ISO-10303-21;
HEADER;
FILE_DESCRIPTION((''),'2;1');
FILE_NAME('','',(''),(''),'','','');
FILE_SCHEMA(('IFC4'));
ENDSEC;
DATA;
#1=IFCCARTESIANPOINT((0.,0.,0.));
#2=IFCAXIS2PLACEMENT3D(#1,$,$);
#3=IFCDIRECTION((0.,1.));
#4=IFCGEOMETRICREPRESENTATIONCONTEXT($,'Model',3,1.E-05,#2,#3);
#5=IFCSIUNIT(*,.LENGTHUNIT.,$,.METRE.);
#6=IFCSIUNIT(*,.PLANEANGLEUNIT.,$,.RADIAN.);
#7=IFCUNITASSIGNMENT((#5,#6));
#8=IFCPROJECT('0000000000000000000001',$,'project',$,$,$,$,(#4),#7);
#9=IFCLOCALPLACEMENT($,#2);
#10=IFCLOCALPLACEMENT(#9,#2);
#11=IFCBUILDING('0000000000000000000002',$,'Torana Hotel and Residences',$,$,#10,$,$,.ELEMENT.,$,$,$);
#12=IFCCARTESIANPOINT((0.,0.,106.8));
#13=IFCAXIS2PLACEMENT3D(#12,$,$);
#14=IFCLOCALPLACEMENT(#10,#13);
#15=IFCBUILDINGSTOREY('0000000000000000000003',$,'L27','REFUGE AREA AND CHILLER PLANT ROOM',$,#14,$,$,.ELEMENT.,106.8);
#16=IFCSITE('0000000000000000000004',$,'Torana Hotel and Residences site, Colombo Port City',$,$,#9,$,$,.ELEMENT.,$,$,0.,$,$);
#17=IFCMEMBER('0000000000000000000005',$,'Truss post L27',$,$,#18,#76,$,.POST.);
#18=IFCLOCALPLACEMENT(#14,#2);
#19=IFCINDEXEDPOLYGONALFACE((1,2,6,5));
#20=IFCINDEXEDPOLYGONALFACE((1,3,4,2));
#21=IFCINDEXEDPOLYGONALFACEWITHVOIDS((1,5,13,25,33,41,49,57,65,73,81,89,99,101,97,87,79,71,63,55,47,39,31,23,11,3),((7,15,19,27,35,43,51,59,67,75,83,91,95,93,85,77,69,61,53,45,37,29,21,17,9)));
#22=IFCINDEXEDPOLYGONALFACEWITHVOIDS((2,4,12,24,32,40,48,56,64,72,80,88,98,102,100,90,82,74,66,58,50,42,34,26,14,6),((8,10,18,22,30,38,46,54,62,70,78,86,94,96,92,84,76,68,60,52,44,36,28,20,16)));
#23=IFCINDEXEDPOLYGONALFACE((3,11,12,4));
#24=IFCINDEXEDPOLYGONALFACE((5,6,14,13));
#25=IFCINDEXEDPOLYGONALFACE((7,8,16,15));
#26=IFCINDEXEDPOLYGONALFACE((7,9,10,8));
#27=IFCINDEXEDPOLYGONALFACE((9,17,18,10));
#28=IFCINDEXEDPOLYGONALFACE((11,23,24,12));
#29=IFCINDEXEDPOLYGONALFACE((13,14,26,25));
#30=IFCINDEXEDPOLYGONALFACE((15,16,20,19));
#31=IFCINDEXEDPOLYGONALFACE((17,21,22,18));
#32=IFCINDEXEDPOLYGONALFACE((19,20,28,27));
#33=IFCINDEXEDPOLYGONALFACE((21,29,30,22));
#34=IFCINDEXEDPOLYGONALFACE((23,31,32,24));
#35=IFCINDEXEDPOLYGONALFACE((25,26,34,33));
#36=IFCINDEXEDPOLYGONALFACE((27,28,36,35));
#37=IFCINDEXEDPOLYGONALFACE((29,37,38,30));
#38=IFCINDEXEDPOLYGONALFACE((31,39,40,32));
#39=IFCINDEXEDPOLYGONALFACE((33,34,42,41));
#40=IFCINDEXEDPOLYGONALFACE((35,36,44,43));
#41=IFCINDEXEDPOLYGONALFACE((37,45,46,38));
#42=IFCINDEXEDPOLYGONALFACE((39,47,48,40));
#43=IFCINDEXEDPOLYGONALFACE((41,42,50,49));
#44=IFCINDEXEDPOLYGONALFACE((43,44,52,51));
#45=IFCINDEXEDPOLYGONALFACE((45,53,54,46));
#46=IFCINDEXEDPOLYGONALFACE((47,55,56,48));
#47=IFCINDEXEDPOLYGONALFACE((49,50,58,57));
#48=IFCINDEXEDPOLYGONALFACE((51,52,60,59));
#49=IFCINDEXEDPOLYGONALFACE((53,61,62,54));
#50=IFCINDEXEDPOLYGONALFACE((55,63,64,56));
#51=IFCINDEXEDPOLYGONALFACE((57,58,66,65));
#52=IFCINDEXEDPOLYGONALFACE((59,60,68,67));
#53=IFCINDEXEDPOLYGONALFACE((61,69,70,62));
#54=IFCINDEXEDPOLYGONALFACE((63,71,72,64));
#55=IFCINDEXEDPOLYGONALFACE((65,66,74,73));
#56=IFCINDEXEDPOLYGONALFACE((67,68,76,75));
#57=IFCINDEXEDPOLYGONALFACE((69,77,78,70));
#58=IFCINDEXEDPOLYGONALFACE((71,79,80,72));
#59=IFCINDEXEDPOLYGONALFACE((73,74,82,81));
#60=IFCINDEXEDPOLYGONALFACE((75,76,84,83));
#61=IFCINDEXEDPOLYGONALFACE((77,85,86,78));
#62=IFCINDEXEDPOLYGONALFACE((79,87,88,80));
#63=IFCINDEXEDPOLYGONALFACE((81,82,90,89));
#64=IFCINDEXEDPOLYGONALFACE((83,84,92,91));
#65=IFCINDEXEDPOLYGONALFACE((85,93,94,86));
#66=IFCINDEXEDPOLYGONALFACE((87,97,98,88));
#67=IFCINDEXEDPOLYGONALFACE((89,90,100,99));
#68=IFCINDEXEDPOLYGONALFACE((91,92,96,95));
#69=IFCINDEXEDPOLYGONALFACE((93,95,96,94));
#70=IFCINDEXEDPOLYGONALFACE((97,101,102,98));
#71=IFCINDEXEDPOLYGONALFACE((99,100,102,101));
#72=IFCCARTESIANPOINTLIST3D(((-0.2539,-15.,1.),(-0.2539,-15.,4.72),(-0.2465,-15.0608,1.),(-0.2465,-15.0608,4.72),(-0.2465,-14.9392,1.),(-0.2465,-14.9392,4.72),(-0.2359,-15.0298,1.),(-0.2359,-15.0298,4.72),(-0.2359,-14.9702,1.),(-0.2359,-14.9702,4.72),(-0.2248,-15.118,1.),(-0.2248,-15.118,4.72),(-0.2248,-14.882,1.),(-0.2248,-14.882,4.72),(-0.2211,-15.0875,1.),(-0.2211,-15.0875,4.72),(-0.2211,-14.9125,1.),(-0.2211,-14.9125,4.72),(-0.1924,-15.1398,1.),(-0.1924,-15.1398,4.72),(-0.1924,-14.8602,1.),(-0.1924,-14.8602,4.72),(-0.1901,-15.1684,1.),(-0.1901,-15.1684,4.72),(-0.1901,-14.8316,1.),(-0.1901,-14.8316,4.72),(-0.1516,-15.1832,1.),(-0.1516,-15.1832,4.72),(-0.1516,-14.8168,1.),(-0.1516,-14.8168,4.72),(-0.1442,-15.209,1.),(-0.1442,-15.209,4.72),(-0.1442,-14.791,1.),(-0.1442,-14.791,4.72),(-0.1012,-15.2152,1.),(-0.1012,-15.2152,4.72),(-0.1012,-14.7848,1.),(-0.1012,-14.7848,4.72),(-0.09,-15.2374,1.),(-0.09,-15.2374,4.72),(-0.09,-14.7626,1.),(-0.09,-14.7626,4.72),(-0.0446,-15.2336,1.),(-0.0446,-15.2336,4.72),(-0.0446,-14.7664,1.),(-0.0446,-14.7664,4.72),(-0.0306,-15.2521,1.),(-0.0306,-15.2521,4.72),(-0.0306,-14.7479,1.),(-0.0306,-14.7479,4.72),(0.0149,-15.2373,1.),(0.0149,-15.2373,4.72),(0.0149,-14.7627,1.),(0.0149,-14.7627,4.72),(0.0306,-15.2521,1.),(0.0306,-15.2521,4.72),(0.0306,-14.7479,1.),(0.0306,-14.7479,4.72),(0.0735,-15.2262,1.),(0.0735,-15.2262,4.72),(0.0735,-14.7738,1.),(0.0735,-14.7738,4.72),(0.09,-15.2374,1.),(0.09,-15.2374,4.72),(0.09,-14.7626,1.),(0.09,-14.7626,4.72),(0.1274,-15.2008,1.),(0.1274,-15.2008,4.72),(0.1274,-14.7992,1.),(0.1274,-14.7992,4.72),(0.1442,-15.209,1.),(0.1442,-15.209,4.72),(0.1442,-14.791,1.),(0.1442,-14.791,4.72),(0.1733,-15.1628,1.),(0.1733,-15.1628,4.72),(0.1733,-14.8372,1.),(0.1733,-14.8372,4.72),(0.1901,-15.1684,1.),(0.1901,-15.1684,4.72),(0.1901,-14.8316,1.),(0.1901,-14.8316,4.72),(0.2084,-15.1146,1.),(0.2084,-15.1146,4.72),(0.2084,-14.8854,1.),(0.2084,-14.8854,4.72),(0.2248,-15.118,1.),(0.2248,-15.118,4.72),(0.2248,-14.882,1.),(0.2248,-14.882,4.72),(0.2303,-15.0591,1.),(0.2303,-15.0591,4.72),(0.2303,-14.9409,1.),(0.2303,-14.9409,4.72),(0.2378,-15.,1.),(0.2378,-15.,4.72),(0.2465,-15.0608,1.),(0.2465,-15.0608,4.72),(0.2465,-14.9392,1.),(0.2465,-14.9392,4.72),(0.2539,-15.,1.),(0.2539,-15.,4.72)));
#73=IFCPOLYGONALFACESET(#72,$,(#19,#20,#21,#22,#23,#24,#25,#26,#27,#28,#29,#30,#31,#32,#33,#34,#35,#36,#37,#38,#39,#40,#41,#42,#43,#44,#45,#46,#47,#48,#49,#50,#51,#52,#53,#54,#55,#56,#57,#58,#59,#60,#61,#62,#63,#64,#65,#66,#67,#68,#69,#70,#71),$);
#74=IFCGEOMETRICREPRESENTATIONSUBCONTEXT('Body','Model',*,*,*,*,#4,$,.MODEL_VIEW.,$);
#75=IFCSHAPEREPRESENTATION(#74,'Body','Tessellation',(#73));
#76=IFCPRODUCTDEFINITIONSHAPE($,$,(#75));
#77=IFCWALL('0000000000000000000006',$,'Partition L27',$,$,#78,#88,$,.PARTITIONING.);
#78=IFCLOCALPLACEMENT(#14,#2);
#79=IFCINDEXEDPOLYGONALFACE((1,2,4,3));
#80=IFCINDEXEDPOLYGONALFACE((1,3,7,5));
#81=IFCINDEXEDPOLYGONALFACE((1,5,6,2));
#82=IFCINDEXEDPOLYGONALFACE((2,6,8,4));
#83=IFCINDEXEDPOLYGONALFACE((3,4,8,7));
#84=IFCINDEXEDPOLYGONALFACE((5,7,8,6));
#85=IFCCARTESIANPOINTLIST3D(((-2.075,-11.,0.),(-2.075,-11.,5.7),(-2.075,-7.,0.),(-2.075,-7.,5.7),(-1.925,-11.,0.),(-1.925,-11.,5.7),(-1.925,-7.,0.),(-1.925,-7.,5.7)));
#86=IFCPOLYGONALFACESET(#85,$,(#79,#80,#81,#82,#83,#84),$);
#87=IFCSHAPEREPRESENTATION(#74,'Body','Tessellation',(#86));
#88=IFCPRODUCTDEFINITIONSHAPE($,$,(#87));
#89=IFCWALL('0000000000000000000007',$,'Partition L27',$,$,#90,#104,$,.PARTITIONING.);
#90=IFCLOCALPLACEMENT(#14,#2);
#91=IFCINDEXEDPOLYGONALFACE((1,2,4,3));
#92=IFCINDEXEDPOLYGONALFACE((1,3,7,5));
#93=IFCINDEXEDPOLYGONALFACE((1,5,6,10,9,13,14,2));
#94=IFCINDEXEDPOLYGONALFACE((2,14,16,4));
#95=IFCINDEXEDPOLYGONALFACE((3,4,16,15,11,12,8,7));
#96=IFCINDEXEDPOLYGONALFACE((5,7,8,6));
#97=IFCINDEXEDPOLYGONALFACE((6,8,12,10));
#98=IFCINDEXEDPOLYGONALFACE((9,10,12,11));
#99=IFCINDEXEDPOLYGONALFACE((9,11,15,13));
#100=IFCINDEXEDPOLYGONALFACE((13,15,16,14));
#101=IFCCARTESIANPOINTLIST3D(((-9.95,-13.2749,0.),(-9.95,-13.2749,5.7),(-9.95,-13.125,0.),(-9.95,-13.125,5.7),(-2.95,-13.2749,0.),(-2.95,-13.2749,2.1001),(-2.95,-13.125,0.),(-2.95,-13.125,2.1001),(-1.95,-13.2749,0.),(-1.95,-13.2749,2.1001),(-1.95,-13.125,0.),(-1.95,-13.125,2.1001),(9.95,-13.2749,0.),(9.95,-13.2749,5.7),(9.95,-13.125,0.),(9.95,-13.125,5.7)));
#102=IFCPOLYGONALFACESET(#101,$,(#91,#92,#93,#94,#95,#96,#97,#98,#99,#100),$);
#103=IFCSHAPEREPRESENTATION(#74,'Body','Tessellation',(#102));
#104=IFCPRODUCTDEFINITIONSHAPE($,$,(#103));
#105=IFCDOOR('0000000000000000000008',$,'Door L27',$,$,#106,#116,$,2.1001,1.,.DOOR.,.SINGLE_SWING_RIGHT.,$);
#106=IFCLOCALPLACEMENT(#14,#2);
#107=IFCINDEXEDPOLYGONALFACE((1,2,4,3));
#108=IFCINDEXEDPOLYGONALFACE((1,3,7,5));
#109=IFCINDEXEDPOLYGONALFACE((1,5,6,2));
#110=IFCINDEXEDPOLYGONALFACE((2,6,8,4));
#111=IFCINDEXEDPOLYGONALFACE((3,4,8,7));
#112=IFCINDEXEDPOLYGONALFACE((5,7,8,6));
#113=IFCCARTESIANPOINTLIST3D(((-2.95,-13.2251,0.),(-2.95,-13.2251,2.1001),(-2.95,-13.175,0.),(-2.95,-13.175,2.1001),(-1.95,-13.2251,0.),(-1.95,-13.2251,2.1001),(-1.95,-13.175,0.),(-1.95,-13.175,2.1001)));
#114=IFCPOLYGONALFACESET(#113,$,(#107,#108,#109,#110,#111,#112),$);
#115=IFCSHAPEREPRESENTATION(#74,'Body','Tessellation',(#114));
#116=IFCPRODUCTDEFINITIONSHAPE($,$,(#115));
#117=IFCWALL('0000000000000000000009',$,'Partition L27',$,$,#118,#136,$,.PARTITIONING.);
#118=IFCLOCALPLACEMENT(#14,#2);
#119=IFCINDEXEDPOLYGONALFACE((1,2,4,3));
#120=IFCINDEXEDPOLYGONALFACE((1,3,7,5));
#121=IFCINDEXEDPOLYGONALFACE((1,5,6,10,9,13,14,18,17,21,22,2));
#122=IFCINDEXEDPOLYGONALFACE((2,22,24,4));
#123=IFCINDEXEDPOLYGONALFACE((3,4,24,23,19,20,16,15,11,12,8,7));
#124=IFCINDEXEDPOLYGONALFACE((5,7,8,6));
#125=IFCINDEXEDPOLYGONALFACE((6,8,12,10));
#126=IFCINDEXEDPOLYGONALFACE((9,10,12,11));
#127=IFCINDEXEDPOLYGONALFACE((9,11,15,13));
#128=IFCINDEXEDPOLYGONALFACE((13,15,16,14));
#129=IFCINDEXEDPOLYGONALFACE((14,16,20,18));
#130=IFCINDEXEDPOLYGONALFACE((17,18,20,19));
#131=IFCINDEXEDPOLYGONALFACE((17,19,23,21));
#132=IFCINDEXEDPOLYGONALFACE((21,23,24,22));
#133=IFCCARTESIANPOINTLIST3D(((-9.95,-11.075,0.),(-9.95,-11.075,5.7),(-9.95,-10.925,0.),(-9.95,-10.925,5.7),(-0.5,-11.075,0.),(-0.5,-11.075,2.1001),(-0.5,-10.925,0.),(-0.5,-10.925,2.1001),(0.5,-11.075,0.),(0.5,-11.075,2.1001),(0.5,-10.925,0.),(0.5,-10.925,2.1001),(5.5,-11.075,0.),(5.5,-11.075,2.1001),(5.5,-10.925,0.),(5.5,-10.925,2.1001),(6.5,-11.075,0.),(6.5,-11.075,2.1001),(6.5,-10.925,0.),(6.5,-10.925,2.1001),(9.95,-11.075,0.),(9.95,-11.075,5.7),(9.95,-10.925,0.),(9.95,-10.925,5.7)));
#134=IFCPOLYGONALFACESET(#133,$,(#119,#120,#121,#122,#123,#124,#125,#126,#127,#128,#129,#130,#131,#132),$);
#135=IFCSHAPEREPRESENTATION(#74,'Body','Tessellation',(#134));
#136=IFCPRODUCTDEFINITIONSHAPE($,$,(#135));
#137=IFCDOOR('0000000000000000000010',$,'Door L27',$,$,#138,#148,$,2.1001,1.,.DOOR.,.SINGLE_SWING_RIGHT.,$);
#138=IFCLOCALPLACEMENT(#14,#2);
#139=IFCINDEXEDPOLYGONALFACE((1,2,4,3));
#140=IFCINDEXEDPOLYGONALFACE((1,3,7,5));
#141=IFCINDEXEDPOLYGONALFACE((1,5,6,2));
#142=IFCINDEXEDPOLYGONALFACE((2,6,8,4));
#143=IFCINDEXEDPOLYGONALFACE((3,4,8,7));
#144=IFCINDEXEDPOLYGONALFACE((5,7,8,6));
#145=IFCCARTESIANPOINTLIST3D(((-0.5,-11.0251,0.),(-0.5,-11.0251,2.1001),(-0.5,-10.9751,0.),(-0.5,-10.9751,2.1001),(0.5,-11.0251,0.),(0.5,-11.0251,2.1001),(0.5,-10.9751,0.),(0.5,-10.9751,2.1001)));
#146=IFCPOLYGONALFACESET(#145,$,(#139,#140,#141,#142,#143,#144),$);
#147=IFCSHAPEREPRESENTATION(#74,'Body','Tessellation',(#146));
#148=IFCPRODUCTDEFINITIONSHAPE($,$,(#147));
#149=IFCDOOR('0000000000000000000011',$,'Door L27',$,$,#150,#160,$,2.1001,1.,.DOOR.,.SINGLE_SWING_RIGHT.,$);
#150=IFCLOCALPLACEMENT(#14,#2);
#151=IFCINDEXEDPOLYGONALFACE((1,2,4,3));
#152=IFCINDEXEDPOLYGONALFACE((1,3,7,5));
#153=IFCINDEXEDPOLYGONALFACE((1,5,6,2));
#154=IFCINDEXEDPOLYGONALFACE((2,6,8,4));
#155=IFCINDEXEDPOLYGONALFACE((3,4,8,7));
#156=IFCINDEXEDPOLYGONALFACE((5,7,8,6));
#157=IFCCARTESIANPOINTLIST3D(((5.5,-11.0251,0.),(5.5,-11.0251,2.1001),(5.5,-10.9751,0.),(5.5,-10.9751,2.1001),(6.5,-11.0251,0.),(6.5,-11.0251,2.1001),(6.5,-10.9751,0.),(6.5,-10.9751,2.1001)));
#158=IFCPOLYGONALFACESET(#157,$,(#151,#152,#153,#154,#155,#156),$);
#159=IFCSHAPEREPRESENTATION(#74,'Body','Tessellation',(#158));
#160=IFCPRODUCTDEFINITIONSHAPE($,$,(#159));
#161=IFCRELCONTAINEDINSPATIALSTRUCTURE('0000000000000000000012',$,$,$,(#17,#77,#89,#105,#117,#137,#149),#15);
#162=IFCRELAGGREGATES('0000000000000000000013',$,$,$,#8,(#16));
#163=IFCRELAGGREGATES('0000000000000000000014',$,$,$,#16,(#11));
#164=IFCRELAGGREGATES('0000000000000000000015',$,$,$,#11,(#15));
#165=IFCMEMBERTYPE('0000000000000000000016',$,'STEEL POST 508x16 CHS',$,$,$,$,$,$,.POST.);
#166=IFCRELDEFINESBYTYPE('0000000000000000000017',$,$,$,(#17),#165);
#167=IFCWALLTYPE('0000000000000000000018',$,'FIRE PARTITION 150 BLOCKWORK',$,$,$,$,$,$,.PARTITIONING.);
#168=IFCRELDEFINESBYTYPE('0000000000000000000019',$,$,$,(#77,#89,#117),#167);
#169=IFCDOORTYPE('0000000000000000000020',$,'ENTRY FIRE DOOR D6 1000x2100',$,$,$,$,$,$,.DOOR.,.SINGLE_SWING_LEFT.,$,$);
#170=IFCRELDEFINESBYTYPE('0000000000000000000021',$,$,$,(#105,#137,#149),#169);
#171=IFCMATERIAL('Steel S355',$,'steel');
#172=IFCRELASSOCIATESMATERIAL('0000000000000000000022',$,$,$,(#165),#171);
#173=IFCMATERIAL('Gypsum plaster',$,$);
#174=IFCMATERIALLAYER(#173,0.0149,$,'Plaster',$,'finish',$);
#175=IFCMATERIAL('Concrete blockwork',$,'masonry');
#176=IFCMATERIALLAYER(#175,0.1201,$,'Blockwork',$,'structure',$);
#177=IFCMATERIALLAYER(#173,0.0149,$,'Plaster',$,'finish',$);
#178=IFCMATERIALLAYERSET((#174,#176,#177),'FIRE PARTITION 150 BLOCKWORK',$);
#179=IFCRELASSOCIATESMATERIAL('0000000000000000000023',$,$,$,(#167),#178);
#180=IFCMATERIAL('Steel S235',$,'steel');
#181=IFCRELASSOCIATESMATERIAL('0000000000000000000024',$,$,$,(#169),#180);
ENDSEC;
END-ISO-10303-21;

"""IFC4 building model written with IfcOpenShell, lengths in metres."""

from ifc_helpers import new_model, si_unit, direction, frame, frame_2d, origin, origin_2d, place, context, subcontext, project, spatial, rectangle, hollow_circle, extrude, material, layer, layer_set, material_profile, profile_set, type_object, element, fill, save


model = new_model("IFC4")

# Units and contexts
model_context = context("Model", 3, precision=1e-05, world=origin(), true_north=direction((0.0, 1.0)))
body_context = subcontext(model_context, "Body", "Model", "MODEL_VIEW")
ifc_project = project(units=[si_unit("LENGTHUNIT", "METRE"), si_unit("PLANEANGLEUNIT", "RADIAN")], contexts=[model_context])

# Site, building, storey
site_placement = place(None, origin())
site = spatial("IfcSite", under=ifc_project, at=site_placement, Name="Torana Hotel and Residences site, Colombo Port City", CompositionType="ELEMENT", RefElevation=0.0)
building_placement = place(site_placement, origin())
building = spatial("IfcBuilding", under=site, at=building_placement, Name="Torana Hotel and Residences", CompositionType="ELEMENT")
storey_placement = place(building_placement, frame((0.0, 0.0, 106.8)))
storey = spatial("IfcBuildingStorey", under=building, at=storey_placement, Name="L27", Description="REFUGE AREA AND CHILLER PLANT ROOM", CompositionType="ELEMENT", Elevation=106.8)

# Member
ifc_material_1 = material(Name="Steel S355", Category="steel")
ifc_material_profile_1 = material_profile(ifc_material_1, hollow_circle(Radius=0.2539, WallThickness=0.0161, at=origin_2d()), Name="508x16 CHS")
ifc_profile_set_1 = profile_set([ifc_material_profile_1], Name="Steel S355")
member_type_1 = type_object("IfcMemberType", Name="STEEL POST 508x16 CHS", PredefinedType="POST", material=ifc_profile_set_1)
for number, where, z_axis, x_axis, name in (
    (1, (0.0, -15.0, 1.0), (0.0, 0.0, 1.0), (1.0, 0.0, 0.0), "Truss post L27"),
):
    element("IfcMember", number, at=place(storey_placement, frame(where, z_axis=z_axis, x_axis=x_axis)), inside=storey, type_object=member_type_1, Name=name, PredefinedType="POST", context=body_context, shape_type="SweptSolid", body=[
        extrude(hollow_circle(Radius=0.2539, WallThickness=0.0161, at=origin_2d()), origin(), (0.0, 0.0, 1.0), 3.72),
    ])

# Wall
ifc_material_2 = material(Name="Gypsum plaster")
ifc_layer_1 = layer(ifc_material_2, 0.0149, Name="Plaster", Category="finish")
ifc_material_3 = material(Name="Concrete blockwork", Category="masonry")
ifc_layer_2 = layer(ifc_material_3, 0.1201, Name="Blockwork", Category="structure")
ifc_layer_3 = layer(ifc_material_2, 0.0149, Name="Plaster", Category="finish")
ifc_layer_set_1 = layer_set([ifc_layer_1, ifc_layer_2, ifc_layer_3], Name="FIRE PARTITION 150 BLOCKWORK")
wall_type_1 = type_object("IfcWallType", Name="FIRE PARTITION 150 BLOCKWORK", PredefinedType="PARTITIONING", material=ifc_layer_set_1)
wall_1_placement = place(storey_placement, frame((-2.0, -11.0, 0.0), z_axis=(0.0, 0.0, 1.0), x_axis=(0.0, 1.0, 0.0)))
element("IfcWall", 2, at=wall_1_placement, inside=storey, type_object=wall_type_1, Name="Partition L27", PredefinedType="PARTITIONING", context=body_context, shape_type="SweptSolid", body=[
    extrude(rectangle(XDim=4.0, YDim=0.1499, at=frame_2d((2.0, 0.0))), origin(), (0.0, 0.0, 1.0), 5.7),
])

# Wall, opening, door
wall_2_placement = place(storey_placement, frame((-9.95, -13.2, 0.0), z_axis=(0.0, 0.0, 1.0), x_axis=(1.0, 0.0, 0.0)))
wall_2 = element("IfcWall", 3, at=wall_2_placement, inside=storey, type_object=wall_type_1, Name="Partition L27", PredefinedType="PARTITIONING", context=body_context, shape_type="SweptSolid", body=[
    extrude(rectangle(XDim=19.8999, YDim=0.1499, at=frame_2d((9.95, 0.0))), origin(), (0.0, 0.0, 1.0), 5.7),
])
opening_1_placement = place(wall_2_placement, frame((7.0, 0.0, 0.0)))
opening_1 = element("IfcOpeningElement", 4, at=opening_1_placement, cuts=wall_2, PredefinedType="OPENING", context=body_context, shape_type="SweptSolid", body=[
    extrude(rectangle(XDim=1.0, YDim=2.1001, at=frame_2d((0.5, 1.05))), frame((0.0, 0.085, 0.0), z_axis=(0.0, -1.0, 0.0), x_axis=(1.0, 0.0, 0.0)), (0.0, 0.0, 1.0), 0.1699),
])
ifc_material_4 = material(Name="Steel S235", Category="steel")
door_type_1 = type_object("IfcDoorType", Name="ENTRY FIRE DOOR D6 1000x2100", OperationType="SINGLE_SWING_LEFT", PredefinedType="DOOR", material=ifc_material_4)
door_1_placement = place(opening_1_placement, origin())
door_1 = element("IfcDoor", 5, at=door_1_placement, inside=storey, type_object=door_type_1, Name="Door L27", OperationType="SINGLE_SWING_RIGHT", OverallHeight=2.1001, OverallWidth=1.0, PredefinedType="DOOR", context=body_context, shape_type="SweptSolid", body=[
    extrude(rectangle(XDim=1.0, YDim=2.1001, at=frame_2d((0.5, 1.05))), frame((0.0, 0.0249, 0.0), z_axis=(0.0, -1.0, 0.0), x_axis=(1.0, 0.0, 0.0)), (0.0, 0.0, 1.0), 0.05),
])
fill(opening_1, door_1)

# Wall, openings, doors
wall_3_placement = place(storey_placement, frame((-9.95, -11.0, 0.0), z_axis=(0.0, 0.0, 1.0), x_axis=(1.0, 0.0, 0.0)))
wall_3 = element("IfcWall", 6, at=wall_3_placement, inside=storey, type_object=wall_type_1, Name="Partition L27", PredefinedType="PARTITIONING", context=body_context, shape_type="SweptSolid", body=[
    extrude(rectangle(XDim=19.8999, YDim=0.1499, at=frame_2d((9.95, 0.0))), origin(), (0.0, 0.0, 1.0), 5.7),
])
opening_2_placement = place(wall_3_placement, frame((9.45, 0.0, 0.0)))
opening_2 = element("IfcOpeningElement", 7, at=opening_2_placement, cuts=wall_3, PredefinedType="OPENING", context=body_context, shape_type="SweptSolid", body=[
    extrude(rectangle(XDim=1.0, YDim=2.1001, at=frame_2d((0.5, 1.05))), frame((0.0, 0.085, 0.0), z_axis=(0.0, -1.0, 0.0), x_axis=(1.0, 0.0, 0.0)), (0.0, 0.0, 1.0), 0.1699),
])
opening_3_placement = place(wall_3_placement, frame((15.45, 0.0, 0.0)))
opening_3 = element("IfcOpeningElement", 8, at=opening_3_placement, cuts=wall_3, PredefinedType="OPENING", context=body_context, shape_type="SweptSolid", body=[
    extrude(rectangle(XDim=1.0, YDim=2.1001, at=frame_2d((0.5, 1.05))), frame((0.0, 0.085, 0.0), z_axis=(0.0, -1.0, 0.0), x_axis=(1.0, 0.0, 0.0)), (0.0, 0.0, 1.0), 0.1699),
])
door_2_placement = place(opening_2_placement, origin())
door_2 = element("IfcDoor", 9, at=door_2_placement, inside=storey, type_object=door_type_1, Name="Door L27", OperationType="SINGLE_SWING_RIGHT", OverallHeight=2.1001, OverallWidth=1.0, PredefinedType="DOOR", context=body_context, shape_type="SweptSolid", body=[
    extrude(rectangle(XDim=1.0, YDim=2.1001, at=frame_2d((0.5, 1.05))), frame((0.0, 0.0249, 0.0), z_axis=(0.0, -1.0, 0.0), x_axis=(1.0, 0.0, 0.0)), (0.0, 0.0, 1.0), 0.05),
])
fill(opening_2, door_2)
door_3_placement = place(opening_3_placement, origin())
door_3 = element("IfcDoor", 10, at=door_3_placement, inside=storey, type_object=door_type_1, Name="Door L27", OperationType="SINGLE_SWING_RIGHT", OverallHeight=2.1001, OverallWidth=1.0, PredefinedType="DOOR", context=body_context, shape_type="SweptSolid", body=[
    extrude(rectangle(XDim=1.0, YDim=2.1001, at=frame_2d((0.5, 1.05))), frame((0.0, 0.0249, 0.0), z_axis=(0.0, -1.0, 0.0), x_axis=(1.0, 0.0, 0.0)), (0.0, 0.0, 1.0), 0.05),
])
fill(opening_3, door_3)

save(model, "model.ifc")
